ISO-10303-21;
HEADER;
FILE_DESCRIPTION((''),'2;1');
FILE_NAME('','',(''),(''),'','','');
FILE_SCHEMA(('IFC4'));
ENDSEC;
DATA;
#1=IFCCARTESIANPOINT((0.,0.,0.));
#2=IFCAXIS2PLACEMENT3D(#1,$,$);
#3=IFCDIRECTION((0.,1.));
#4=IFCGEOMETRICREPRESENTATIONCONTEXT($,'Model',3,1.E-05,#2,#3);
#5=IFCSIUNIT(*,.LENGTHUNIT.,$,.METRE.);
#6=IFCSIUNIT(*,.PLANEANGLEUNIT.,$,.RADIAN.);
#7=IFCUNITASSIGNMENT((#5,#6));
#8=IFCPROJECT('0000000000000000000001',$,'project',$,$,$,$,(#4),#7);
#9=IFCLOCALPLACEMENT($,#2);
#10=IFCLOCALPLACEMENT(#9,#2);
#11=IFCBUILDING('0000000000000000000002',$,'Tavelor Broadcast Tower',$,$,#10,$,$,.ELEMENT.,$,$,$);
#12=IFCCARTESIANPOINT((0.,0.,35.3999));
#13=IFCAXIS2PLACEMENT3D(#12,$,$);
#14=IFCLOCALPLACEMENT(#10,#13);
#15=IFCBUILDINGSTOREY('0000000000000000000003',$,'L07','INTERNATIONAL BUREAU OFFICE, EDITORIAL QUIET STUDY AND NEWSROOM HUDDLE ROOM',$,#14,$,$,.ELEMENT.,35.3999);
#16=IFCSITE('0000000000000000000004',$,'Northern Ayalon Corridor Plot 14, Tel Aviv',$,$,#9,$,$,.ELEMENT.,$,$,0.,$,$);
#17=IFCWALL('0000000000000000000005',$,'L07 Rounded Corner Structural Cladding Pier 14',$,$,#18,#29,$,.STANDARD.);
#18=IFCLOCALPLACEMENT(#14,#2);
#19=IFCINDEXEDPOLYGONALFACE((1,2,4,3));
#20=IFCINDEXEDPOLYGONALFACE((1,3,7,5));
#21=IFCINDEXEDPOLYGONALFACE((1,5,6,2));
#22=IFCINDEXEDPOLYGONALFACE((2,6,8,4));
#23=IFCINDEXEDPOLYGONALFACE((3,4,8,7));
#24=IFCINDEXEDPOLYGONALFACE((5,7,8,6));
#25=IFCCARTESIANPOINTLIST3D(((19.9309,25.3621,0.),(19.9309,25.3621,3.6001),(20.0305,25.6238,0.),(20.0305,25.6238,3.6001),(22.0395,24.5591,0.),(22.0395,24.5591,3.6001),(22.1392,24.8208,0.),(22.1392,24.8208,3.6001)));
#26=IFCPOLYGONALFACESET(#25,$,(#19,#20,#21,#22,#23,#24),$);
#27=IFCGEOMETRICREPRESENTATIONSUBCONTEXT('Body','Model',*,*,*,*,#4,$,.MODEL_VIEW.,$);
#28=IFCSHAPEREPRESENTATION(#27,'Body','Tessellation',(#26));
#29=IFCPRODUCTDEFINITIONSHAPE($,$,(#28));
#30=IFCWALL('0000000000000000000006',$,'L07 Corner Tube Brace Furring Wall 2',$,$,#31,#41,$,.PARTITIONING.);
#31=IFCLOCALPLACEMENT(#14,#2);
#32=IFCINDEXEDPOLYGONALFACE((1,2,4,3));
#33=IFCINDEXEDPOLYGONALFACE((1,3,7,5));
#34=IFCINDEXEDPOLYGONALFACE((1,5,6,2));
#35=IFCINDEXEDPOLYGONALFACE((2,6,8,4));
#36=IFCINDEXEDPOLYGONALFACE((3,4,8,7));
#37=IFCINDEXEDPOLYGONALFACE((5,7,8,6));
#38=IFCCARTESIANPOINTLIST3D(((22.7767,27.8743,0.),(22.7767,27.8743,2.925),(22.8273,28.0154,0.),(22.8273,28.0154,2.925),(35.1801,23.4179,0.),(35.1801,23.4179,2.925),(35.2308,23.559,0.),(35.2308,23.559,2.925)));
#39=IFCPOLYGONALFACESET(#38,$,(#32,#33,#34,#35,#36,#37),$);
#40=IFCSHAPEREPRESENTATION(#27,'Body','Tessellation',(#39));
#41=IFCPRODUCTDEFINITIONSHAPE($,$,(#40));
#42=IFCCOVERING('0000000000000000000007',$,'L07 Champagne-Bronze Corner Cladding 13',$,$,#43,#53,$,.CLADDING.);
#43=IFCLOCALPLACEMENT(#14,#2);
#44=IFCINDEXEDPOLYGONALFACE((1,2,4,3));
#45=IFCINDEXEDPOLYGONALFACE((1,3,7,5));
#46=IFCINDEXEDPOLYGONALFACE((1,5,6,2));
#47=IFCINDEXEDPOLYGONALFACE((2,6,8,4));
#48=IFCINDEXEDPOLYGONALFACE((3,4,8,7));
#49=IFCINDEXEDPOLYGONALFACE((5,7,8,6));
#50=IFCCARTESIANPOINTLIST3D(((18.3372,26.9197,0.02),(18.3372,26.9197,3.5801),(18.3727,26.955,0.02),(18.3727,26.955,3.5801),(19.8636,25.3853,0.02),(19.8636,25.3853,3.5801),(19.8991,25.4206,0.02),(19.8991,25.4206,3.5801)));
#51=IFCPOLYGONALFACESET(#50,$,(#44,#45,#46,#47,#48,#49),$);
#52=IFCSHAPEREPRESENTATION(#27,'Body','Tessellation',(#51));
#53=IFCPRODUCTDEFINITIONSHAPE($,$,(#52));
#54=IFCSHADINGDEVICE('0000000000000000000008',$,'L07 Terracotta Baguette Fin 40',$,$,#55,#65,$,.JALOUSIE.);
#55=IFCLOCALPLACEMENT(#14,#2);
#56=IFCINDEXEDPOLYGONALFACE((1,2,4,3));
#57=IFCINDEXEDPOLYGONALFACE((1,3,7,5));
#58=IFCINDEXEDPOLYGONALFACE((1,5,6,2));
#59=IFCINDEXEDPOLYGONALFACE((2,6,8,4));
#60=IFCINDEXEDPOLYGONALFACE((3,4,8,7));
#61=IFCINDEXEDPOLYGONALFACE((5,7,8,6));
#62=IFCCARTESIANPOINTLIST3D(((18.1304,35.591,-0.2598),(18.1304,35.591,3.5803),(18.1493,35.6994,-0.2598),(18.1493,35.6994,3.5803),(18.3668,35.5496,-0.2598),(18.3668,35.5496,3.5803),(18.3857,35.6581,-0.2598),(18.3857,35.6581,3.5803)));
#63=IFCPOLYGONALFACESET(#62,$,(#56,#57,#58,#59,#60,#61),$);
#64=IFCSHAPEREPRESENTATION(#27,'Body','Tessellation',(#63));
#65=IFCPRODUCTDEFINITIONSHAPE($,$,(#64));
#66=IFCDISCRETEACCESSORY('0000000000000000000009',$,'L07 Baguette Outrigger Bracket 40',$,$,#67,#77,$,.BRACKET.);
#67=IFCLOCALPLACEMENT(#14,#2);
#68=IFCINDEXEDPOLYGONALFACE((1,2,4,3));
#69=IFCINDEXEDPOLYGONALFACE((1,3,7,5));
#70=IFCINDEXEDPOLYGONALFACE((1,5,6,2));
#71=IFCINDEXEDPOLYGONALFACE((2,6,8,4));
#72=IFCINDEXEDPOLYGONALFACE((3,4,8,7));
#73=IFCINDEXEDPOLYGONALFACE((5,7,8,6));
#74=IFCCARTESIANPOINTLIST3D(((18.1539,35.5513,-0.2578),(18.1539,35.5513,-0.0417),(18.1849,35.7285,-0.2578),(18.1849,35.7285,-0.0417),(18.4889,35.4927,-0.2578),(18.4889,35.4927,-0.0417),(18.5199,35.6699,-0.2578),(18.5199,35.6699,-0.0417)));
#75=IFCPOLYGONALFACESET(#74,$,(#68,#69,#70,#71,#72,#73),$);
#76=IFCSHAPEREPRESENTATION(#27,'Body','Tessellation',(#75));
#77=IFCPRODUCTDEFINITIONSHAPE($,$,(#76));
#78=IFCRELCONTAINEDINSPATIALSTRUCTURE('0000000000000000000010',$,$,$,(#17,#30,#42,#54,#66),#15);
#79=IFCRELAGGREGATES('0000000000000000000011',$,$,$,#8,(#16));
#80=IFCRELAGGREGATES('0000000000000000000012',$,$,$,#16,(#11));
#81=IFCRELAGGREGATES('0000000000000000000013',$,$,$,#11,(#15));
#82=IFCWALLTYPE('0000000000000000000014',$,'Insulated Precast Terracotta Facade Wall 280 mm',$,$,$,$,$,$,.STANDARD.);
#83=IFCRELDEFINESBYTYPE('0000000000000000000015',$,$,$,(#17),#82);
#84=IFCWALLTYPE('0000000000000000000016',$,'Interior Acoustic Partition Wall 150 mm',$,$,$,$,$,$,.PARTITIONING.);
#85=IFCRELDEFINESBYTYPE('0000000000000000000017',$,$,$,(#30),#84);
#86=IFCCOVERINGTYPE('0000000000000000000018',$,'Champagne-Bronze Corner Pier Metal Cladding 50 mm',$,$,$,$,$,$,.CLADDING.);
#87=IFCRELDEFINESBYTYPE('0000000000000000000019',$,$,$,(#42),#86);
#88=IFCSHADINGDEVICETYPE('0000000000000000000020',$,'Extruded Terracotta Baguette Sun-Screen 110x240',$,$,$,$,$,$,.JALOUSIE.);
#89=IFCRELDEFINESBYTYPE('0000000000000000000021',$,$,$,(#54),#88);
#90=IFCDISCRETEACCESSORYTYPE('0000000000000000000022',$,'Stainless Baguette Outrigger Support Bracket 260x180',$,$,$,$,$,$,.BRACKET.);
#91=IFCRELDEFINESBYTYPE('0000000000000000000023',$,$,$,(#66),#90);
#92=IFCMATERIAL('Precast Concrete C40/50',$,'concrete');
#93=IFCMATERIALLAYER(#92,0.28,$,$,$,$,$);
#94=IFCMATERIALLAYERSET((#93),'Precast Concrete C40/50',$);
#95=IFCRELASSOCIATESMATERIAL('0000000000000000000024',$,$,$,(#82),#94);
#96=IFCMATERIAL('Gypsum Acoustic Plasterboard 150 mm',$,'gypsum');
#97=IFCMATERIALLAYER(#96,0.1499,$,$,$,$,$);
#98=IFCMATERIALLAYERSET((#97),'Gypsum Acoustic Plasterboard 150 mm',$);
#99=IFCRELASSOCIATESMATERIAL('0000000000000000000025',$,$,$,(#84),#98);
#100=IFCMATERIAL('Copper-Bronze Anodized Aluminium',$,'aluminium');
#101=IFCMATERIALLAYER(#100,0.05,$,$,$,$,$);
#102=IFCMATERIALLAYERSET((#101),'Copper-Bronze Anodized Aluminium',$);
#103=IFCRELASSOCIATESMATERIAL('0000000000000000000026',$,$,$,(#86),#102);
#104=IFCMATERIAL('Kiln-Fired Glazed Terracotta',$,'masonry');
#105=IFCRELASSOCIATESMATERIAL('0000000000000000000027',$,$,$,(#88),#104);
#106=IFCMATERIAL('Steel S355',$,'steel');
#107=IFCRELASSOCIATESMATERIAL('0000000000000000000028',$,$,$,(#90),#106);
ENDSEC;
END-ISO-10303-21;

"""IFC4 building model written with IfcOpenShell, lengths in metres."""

from ifc_helpers import new_model, si_unit, direction, frame, frame_2d, origin, origin_2d, place, context, subcontext, project, spatial, rectangle, extrude, source, transform, mapped, material, layer, layer_set, type_object, type_shapes, element, save


model = new_model("IFC4")

# Units and contexts
model_context = context("Model", 3, precision=1e-05, world=origin(), true_north=direction((0.0, 1.0)))
body_context = subcontext(model_context, "Body", "Model", "MODEL_VIEW")
ifc_project = project(units=[si_unit("LENGTHUNIT", "METRE"), si_unit("PLANEANGLEUNIT", "RADIAN")], contexts=[model_context])

# Site, building, storey
site_placement = place(None, origin())
site = spatial("IfcSite", under=ifc_project, at=site_placement, Name="Northern Ayalon Corridor Plot 14, Tel Aviv", CompositionType="ELEMENT", RefElevation=0.0)
building_placement = place(site_placement, origin())
building = spatial("IfcBuilding", under=site, at=building_placement, Name="Tavelor Broadcast Tower", CompositionType="ELEMENT")
storey_placement = place(building_placement, frame((0.0, 0.0, 35.3999)))
storey = spatial("IfcBuildingStorey", under=building, at=storey_placement, Name="L07", Description="INTERNATIONAL BUREAU OFFICE, EDITORIAL QUIET STUDY AND NEWSROOM HUDDLE ROOM", CompositionType="ELEMENT", Elevation=35.3999)

# Shared definitions
ifc_material_1 = material(Name="Steel S355", Category="steel")

# Walls
ifc_material_2 = material(Name="Precast Concrete C40/50", Category="concrete")
ifc_layer_1 = layer(ifc_material_2, 0.28)
ifc_layer_set_1 = layer_set([ifc_layer_1], Name="Precast Concrete C40/50")
wall_type_1 = type_object("IfcWallType", Name="Insulated Precast Terracotta Facade Wall 280 mm", PredefinedType="STANDARD", material=ifc_layer_set_1)
wall_1_placement = place(storey_placement, frame((19.9807, 25.4929, 0.0), z_axis=(0.0, 0.0, 1.0), x_axis=(0.934534, -0.355874, 0.0)))
element("IfcWall", 1, at=wall_1_placement, inside=storey, type_object=wall_type_1, Name="L07 Rounded Corner Structural Cladding Pier 14", PredefinedType="STANDARD", context=body_context, shape_type="SweptSolid", body=[
    extrude(rectangle(XDim=2.2563, YDim=0.28, at=frame_2d((1.1282, 0.0))), origin(), (0.0, 0.0, 1.0), 3.6001),
])
ifc_material_3 = material(Name="Gypsum Acoustic Plasterboard 150 mm", Category="gypsum")
ifc_layer_2 = layer(ifc_material_3, 0.1499)
ifc_layer_set_2 = layer_set([ifc_layer_2], Name="Gypsum Acoustic Plasterboard 150 mm")
wall_type_2 = type_object("IfcWallType", Name="Interior Acoustic Partition Wall 150 mm", PredefinedType="PARTITIONING", material=ifc_layer_set_2)
wall_2_placement = place(storey_placement, frame((22.802, 27.9448, 0.0), z_axis=(0.0, 0.0, 1.0), x_axis=(0.941102, -0.338122, 0.0)))
element("IfcWall", 2, at=wall_2_placement, inside=storey, type_object=wall_type_2, Name="L07 Corner Tube Brace Furring Wall 2", PredefinedType="PARTITIONING", context=body_context, shape_type="SweptSolid", body=[
    extrude(rectangle(XDim=13.1797, YDim=0.1499, at=frame_2d((6.5898, 0.0))), origin(), (0.0, 0.0, 1.0), 2.925),
])

# Covering
ifc_material_4 = material(Name="Copper-Bronze Anodized Aluminium", Category="aluminium")
ifc_layer_3 = layer(ifc_material_4, 0.05)
ifc_layer_set_3 = layer_set([ifc_layer_3], Name="Copper-Bronze Anodized Aluminium")
covering_type = type_object("IfcCoveringType", Name="Champagne-Bronze Corner Pier Metal Cladding 50 mm", PredefinedType="CLADDING", material=ifc_layer_set_3)
covering_placement = place(storey_placement, frame((19.1182, 26.1702, 0.02), z_axis=(0.0, 0.0, 1.0), x_axis=(0.705253, -0.708956, 0.0)))
element("IfcCovering", 3, at=covering_placement, inside=storey, type_object=covering_type, Name="L07 Champagne-Bronze Corner Cladding 13", PredefinedType="CLADDING", context=body_context, shape_type="SweptSolid", body=[
    extrude(rectangle(XDim=2.1643, YDim=0.05, at=origin_2d()), origin(), (0.0, 0.0, 1.0), 3.5601),
])

# Shading device
ifc_material_5 = material(Name="Kiln-Fired Glazed Terracotta", Category="masonry")
shading_device_type = type_object("IfcShadingDeviceType", Name="Extruded Terracotta Baguette Sun-Screen 110x240", PredefinedType="JALOUSIE", material=ifc_material_5)
shared_shape_1 = source(origin(), body_context, "Body", "SweptSolid", [
    extrude(rectangle(XDim=0.1101, YDim=0.24, at=origin_2d()), origin(), (0.0, 0.0, 1.0), 3.8401),
])
type_shapes(shading_device_type, [shared_shape_1])
shading_device_placement = place(storey_placement, frame((18.2581, 35.6245, -0.2598), z_axis=(0.0, 0.0, 1.0), x_axis=(-0.172273, -0.985049, 0.0)))
element("IfcShadingDevice", 4, at=shading_device_placement, inside=storey, type_object=shading_device_type, Name="L07 Terracotta Baguette Fin 40", PredefinedType="JALOUSIE", context=body_context, shape_type="MappedRepresentation", body=[
    mapped(shared_shape_1, transform((0.0, 0.0, 0.0), scale=1.0)),
])

# Discrete accessory
discrete_accessory_type = type_object("IfcDiscreteAccessoryType", Name="Stainless Baguette Outrigger Support Bracket 260x180", PredefinedType="BRACKET", material=ifc_material_1)
shared_shape_2 = source(origin(), body_context, "Body", "SweptSolid", [
    extrude(rectangle(XDim=0.1799, YDim=0.3401, at=origin_2d()), origin(), (0.0, 0.0, 1.0), 0.2161),
])
type_shapes(discrete_accessory_type, [shared_shape_2])
discrete_accessory_placement = place(storey_placement, frame((18.3369, 35.6106, -0.2578), z_axis=(0.0, 0.0, 1.0), x_axis=(-0.172273, -0.985049, 0.0)))
element("IfcDiscreteAccessory", 5, at=discrete_accessory_placement, inside=storey, type_object=discrete_accessory_type, Name="L07 Baguette Outrigger Bracket 40", PredefinedType="BRACKET", context=body_context, shape_type="MappedRepresentation", body=[
    mapped(shared_shape_2, transform((0.0, 0.0, 0.0), scale=1.0)),
])

save(model, "model.ifc")
